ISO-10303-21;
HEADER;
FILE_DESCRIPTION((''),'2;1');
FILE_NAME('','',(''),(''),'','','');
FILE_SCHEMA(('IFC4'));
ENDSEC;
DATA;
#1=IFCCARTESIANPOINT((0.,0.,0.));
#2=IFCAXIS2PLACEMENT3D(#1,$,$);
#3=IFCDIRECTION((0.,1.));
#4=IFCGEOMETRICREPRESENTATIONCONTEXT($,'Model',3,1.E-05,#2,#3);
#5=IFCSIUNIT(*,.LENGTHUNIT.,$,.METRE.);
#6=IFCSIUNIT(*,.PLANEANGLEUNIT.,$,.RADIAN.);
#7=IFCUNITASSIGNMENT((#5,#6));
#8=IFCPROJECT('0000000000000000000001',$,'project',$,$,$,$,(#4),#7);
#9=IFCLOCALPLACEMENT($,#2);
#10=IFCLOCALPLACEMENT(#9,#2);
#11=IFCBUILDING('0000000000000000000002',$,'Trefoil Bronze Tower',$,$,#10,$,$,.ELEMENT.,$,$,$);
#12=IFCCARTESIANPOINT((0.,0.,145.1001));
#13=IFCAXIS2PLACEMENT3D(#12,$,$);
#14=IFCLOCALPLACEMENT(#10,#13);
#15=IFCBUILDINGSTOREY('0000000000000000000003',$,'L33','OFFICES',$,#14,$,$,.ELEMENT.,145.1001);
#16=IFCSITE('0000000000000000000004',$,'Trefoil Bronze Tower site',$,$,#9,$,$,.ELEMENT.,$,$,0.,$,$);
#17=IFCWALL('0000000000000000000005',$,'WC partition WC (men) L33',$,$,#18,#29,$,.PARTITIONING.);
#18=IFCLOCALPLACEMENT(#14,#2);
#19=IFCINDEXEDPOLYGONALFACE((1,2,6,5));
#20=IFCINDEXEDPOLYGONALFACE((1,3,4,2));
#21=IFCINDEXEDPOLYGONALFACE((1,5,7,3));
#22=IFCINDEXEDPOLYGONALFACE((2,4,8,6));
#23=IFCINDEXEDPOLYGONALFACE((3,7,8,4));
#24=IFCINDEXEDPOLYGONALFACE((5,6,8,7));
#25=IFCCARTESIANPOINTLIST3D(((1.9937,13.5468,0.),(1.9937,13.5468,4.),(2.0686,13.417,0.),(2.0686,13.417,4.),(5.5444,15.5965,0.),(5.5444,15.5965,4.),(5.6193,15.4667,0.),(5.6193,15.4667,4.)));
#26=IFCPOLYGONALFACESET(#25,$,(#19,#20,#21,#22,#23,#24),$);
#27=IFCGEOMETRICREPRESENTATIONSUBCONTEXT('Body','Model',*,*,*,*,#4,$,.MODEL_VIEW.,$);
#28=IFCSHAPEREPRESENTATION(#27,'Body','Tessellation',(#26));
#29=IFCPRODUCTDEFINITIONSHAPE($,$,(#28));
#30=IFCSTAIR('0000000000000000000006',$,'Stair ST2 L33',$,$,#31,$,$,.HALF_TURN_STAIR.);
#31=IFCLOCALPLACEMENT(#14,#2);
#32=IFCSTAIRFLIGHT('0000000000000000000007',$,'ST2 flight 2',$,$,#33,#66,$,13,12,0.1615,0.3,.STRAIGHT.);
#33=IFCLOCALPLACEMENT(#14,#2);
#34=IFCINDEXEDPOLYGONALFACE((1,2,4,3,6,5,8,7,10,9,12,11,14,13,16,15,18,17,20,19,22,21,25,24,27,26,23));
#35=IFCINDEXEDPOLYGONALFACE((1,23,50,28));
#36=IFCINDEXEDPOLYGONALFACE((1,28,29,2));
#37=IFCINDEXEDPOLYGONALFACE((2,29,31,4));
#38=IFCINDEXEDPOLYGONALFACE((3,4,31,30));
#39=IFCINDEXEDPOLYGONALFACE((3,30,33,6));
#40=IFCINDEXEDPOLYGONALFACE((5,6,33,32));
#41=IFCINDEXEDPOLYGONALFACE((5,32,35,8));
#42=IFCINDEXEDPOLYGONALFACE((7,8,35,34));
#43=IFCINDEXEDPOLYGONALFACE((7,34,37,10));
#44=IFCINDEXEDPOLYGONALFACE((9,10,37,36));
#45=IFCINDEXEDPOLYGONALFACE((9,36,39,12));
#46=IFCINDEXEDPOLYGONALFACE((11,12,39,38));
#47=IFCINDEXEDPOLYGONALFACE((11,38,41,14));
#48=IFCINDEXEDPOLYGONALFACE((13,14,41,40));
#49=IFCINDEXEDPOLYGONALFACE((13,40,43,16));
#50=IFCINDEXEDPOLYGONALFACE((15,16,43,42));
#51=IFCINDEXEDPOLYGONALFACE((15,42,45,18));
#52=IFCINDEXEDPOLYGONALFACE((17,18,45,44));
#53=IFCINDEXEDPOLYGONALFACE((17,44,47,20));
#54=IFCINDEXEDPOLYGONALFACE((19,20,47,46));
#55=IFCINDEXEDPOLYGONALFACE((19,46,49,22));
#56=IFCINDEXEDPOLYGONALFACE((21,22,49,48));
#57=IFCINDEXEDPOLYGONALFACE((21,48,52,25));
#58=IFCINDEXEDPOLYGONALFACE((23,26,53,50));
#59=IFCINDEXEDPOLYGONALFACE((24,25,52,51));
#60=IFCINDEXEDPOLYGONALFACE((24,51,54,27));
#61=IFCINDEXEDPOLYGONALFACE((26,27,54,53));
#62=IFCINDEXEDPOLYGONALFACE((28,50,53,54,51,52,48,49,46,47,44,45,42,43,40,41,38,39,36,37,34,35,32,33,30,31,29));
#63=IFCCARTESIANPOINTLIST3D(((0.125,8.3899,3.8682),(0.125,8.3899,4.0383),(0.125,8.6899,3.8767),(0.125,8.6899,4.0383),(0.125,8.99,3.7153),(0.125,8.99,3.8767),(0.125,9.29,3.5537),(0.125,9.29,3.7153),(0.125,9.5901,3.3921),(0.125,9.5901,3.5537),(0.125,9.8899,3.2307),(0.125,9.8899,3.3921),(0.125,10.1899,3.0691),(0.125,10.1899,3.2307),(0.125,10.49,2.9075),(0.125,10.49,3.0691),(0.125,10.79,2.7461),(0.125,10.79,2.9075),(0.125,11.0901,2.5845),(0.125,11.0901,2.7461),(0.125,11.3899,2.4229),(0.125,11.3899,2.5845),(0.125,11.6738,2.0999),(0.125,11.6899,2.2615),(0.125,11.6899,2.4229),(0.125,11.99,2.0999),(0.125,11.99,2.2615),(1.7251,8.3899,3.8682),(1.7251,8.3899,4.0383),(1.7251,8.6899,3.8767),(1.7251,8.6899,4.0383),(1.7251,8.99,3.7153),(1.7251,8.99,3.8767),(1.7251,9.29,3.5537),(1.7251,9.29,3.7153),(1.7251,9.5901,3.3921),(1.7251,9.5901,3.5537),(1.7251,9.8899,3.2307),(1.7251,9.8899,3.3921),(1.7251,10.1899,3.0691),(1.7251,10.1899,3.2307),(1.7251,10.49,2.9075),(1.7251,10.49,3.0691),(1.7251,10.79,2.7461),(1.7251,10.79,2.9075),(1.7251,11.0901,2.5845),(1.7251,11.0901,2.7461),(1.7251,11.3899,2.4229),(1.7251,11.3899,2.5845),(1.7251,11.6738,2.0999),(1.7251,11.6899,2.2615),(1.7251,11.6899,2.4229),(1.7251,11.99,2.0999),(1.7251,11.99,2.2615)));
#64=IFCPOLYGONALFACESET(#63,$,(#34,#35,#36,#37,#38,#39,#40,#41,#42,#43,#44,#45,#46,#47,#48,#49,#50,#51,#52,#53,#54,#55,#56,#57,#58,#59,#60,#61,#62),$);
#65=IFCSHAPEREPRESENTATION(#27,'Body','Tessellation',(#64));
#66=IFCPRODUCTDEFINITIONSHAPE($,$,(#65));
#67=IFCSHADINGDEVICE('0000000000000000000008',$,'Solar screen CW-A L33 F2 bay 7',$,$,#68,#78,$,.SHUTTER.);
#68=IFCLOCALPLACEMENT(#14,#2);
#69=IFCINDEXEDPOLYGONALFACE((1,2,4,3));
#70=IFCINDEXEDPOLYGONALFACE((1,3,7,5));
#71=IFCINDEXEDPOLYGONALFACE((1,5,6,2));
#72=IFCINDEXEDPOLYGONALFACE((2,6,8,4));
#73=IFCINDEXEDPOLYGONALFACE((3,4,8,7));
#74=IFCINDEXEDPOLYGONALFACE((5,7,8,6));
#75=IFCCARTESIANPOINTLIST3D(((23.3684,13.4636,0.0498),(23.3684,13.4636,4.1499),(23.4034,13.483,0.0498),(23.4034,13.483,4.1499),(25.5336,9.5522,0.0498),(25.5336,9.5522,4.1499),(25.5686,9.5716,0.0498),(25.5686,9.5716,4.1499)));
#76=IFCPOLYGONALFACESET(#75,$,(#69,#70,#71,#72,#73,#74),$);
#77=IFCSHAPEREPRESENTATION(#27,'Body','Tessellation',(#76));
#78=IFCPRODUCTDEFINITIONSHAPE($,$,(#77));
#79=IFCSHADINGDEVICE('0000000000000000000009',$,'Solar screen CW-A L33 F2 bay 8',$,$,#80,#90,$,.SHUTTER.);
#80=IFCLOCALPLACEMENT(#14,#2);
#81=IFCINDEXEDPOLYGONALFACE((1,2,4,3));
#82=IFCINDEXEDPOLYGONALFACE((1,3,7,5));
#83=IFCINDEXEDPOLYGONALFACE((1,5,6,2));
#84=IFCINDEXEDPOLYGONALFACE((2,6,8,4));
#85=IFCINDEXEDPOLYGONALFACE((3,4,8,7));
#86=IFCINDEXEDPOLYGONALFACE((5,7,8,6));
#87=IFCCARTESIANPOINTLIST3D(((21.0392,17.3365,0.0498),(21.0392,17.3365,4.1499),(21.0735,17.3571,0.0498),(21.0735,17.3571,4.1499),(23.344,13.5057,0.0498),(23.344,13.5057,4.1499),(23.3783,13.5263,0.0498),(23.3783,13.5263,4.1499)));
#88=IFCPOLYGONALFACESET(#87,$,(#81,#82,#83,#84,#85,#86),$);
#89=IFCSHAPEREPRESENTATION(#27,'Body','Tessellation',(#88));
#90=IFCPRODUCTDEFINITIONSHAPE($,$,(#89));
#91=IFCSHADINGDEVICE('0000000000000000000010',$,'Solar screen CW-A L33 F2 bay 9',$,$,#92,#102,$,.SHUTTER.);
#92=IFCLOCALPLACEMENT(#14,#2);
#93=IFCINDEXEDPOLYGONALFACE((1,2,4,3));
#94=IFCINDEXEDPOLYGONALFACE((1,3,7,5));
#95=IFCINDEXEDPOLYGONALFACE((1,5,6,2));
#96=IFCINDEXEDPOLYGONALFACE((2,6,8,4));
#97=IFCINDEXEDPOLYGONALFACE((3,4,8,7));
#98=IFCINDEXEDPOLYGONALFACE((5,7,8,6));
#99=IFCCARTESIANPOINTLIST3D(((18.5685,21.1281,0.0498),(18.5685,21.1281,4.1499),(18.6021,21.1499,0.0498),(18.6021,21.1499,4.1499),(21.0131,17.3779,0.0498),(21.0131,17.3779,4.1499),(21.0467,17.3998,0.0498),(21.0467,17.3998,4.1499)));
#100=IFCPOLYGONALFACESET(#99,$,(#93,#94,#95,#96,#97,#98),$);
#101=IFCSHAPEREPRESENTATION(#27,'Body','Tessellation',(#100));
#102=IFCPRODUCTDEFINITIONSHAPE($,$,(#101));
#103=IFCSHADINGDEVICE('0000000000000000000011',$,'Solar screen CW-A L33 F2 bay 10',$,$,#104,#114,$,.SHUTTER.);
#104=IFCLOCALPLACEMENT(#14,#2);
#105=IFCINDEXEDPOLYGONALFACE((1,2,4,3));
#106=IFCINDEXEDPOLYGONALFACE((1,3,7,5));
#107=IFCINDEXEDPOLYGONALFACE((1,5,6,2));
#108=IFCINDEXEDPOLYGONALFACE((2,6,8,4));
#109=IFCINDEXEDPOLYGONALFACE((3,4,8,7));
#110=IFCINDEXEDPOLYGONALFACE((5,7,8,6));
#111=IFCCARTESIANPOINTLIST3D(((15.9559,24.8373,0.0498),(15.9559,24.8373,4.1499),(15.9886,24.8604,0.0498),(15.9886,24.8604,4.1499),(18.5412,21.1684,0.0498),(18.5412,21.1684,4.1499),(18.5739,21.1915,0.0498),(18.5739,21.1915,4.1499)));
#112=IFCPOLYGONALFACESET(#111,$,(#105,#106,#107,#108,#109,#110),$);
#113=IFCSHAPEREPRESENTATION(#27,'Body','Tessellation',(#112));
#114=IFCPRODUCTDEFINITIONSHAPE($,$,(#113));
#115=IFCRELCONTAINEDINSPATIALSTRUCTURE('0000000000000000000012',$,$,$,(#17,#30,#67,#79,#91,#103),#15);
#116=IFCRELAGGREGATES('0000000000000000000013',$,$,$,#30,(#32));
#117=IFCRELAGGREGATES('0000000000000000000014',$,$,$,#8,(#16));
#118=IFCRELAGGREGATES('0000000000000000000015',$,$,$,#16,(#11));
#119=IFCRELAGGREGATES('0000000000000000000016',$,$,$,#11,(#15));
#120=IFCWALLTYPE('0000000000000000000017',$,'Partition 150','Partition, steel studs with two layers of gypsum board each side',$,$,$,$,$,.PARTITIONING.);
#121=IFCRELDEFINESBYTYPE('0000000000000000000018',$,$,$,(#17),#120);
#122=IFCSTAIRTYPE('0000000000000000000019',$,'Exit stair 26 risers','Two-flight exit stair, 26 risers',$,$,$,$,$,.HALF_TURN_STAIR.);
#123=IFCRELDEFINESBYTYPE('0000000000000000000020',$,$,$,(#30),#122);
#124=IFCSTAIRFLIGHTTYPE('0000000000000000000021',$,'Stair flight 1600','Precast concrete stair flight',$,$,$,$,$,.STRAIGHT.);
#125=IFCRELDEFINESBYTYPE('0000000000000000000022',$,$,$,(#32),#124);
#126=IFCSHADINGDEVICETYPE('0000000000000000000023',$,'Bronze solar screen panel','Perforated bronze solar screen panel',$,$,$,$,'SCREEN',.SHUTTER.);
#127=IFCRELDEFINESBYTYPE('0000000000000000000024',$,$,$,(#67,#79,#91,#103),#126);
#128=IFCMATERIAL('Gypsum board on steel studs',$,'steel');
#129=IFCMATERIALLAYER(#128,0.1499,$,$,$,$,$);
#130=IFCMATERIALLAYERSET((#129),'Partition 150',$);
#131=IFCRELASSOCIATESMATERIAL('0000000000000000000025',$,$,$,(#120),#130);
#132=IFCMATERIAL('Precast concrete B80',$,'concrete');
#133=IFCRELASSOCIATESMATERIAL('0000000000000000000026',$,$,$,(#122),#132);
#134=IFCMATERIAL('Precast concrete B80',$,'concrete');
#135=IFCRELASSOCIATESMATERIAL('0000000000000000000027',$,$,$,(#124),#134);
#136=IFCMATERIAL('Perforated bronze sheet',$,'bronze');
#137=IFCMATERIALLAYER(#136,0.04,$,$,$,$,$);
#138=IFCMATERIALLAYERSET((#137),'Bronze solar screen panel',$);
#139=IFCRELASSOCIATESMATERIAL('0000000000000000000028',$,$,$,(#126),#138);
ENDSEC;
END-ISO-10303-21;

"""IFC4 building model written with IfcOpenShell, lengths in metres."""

from ifc_helpers import new_model, si_unit, direction, frame, frame_2d, origin, origin_2d, place, context, subcontext, project, spatial, polyline, rectangle, outline, extrude, material, layer, layer_set, type_object, element, aggregate, save


model = new_model("IFC4")

# Units and contexts
model_context = context("Model", 3, precision=1e-05, world=origin(), true_north=direction((0.0, 1.0)))
body_context = subcontext(model_context, "Body", "Model", "MODEL_VIEW")
ifc_project = project(units=[si_unit("LENGTHUNIT", "METRE"), si_unit("PLANEANGLEUNIT", "RADIAN")], contexts=[model_context])

# Site, building, storey
site_placement = place(None, origin())
site = spatial("IfcSite", under=ifc_project, at=site_placement, Name="Trefoil Bronze Tower site", CompositionType="ELEMENT", RefElevation=0.0)
building_placement = place(site_placement, origin())
building = spatial("IfcBuilding", under=site, at=building_placement, Name="Trefoil Bronze Tower", CompositionType="ELEMENT")
storey_placement = place(building_placement, frame((0.0, 0.0, 145.1001)))
storey = spatial("IfcBuildingStorey", under=building, at=storey_placement, Name="L33", Description="OFFICES", CompositionType="ELEMENT", Elevation=145.1001)

# Wall
ifc_material_1 = material(Name="Gypsum board on steel studs", Category="steel")
ifc_layer_1 = layer(ifc_material_1, 0.1499)
ifc_layer_set_1 = layer_set([ifc_layer_1], Name="Partition 150")
wall_type_1 = type_object("IfcWallType", Name="Partition 150", Description="Partition, steel studs with two layers of gypsum board each side", PredefinedType="PARTITIONING", material=ifc_layer_set_1)
wall_1_placement = place(storey_placement, frame((2.0312, 13.4819, 0.0), z_axis=(0.0, 0.0, 1.0), x_axis=(0.866051, 0.499956, 0.0)))
element("IfcWall", 1, at=wall_1_placement, inside=storey, type_object=wall_type_1, Name="WC partition WC (men) L33", PredefinedType="PARTITIONING", context=body_context, shape_type="SweptSolid", body=[
    extrude(rectangle(XDim=4.0999, YDim=0.1499, at=frame_2d((2.0498, 0.0))), origin(), (0.0, 0.0, 1.0), 4.0),
])

# Stair, stair flight
ifc_material_2 = material(Name="Precast concrete B80", Category="concrete")
stair_type = type_object("IfcStairType", Name="Exit stair 26 risers", Description="Two-flight exit stair, 26 risers", PredefinedType="HALF_TURN_STAIR", material=ifc_material_2)
stair_placement = place(storey_placement, origin())
stair = element("IfcStair", 2, at=stair_placement, inside=storey, type_object=stair_type, Name="Stair ST2 L33", PredefinedType="HALF_TURN_STAIR")
ifc_material_3 = material(Name="Precast concrete B80", Category="concrete")
stair_flight_type = type_object("IfcStairFlightType", Name="Stair flight 1600", Description="Precast concrete stair flight", PredefinedType="STRAIGHT", material=ifc_material_3)
stair_flight_placement = place(storey_placement, frame((0.925, 11.99, 2.0999), z_axis=(0.0, 0.0, 1.0), x_axis=(0.0, -1.0, 0.0)))
stair_flight = element("IfcStairFlight", 3, at=stair_flight_placement, type_object=stair_flight_type, Name="ST2 flight 2", NumberOfRisers=13, NumberOfTreads=12, PredefinedType="STRAIGHT", RiserHeight=0.1615, TreadLength=0.3, context=body_context, shape_type="SweptSolid", body=[
    extrude(outline(polyline([(0.0, 0.0), (0.0, 0.1616), (0.3, 0.1616), (0.3, 0.323), (0.6001, 0.323), (0.6001, 0.4846), (0.8999, 0.4846), (0.8999, 0.6462), (1.2, 0.6462), (1.2, 0.8076), (1.5, 0.8076), (1.5, 0.9692), (1.8, 0.9692), (1.8, 1.1309), (2.1001, 1.1309), (2.1001, 1.2922), (2.3999, 1.2922), (2.3999, 1.4539), (2.7, 1.4539), (2.7, 1.6155), (3.0, 1.6155), (3.0, 1.7769), (3.3, 1.7769), (3.3, 1.9385), (3.6001, 1.9385), (3.6001, 2.1001), (3.6001, 1.7683), (0.3162, 0.0), (0.0, 0.0)])), frame((0.0, 0.8, 0.0), z_axis=(0.0, -1.0, 0.0), x_axis=(1.0, 0.0, 0.0)), (0.0, 0.0, 1.0), 1.6001),
])
aggregate(stair, [stair_flight])

# Shading devices
ifc_material_4 = material(Name="Perforated bronze sheet", Category="bronze")
ifc_layer_2 = layer(ifc_material_4, 0.04)
ifc_layer_set_2 = layer_set([ifc_layer_2], Name="Bronze solar screen panel")
shading_device_type = type_object("IfcShadingDeviceType", Name="Bronze solar screen panel", Description="Perforated bronze solar screen panel", ElementType="SCREEN", PredefinedType="SHUTTER", material=ifc_layer_set_2)
for number, where, z_axis, x_axis, name in (
    (4, (24.4685, 11.5176, 0.0498), (0.0, 0.0, 1.0), (-0.484312, 0.874895, 0.0), "Solar screen CW-A L33 F2 bay 7"),
    (5, (22.2087, 15.4314, 0.0498), (0.0, 0.0, 1.0), (-0.515525, 0.856874, 0.0), "Solar screen CW-A L33 F2 bay 8"),
):
    element("IfcShadingDevice", number, at=place(storey_placement, frame(where, z_axis=z_axis, x_axis=x_axis)), inside=storey, type_object=shading_device_type, Name=name, PredefinedType="SHUTTER", context=body_context, shape_type="SweptSolid", body=[
        extrude(rectangle(XDim=4.4707, YDim=0.04, at=origin_2d()), origin(), (0.0, 0.0, 1.0), 4.1001),
    ])
shading_device_1_placement = place(storey_placement, frame((19.8076, 19.2639, 0.0498), z_axis=(0.0, 0.0, 1.0), x_axis=(-0.546089, 0.837727, 0.0)))
element("IfcShadingDevice", 6, at=shading_device_1_placement, inside=storey, type_object=shading_device_type, Name="Solar screen CW-A L33 F2 bay 9", PredefinedType="SHUTTER", context=body_context, shape_type="SweptSolid", body=[
    extrude(rectangle(XDim=4.4766, YDim=0.04, at=origin_2d()), origin(), (0.0, 0.0, 1.0), 4.1001),
])
shading_device_2_placement = place(storey_placement, frame((17.2649, 23.0144, 0.0498), z_axis=(0.0, 0.0, 1.0), x_axis=(-0.575999, 0.81745, 0.0)))
element("IfcShadingDevice", 7, at=shading_device_2_placement, inside=storey, type_object=shading_device_type, Name="Solar screen CW-A L33 F2 bay 10", PredefinedType="SHUTTER", context=body_context, shape_type="SweptSolid", body=[
    extrude(rectangle(XDim=4.4883, YDim=0.04, at=origin_2d()), origin(), (0.0, 0.0, 1.0), 4.1001),
])

save(model, "model.ifc")
